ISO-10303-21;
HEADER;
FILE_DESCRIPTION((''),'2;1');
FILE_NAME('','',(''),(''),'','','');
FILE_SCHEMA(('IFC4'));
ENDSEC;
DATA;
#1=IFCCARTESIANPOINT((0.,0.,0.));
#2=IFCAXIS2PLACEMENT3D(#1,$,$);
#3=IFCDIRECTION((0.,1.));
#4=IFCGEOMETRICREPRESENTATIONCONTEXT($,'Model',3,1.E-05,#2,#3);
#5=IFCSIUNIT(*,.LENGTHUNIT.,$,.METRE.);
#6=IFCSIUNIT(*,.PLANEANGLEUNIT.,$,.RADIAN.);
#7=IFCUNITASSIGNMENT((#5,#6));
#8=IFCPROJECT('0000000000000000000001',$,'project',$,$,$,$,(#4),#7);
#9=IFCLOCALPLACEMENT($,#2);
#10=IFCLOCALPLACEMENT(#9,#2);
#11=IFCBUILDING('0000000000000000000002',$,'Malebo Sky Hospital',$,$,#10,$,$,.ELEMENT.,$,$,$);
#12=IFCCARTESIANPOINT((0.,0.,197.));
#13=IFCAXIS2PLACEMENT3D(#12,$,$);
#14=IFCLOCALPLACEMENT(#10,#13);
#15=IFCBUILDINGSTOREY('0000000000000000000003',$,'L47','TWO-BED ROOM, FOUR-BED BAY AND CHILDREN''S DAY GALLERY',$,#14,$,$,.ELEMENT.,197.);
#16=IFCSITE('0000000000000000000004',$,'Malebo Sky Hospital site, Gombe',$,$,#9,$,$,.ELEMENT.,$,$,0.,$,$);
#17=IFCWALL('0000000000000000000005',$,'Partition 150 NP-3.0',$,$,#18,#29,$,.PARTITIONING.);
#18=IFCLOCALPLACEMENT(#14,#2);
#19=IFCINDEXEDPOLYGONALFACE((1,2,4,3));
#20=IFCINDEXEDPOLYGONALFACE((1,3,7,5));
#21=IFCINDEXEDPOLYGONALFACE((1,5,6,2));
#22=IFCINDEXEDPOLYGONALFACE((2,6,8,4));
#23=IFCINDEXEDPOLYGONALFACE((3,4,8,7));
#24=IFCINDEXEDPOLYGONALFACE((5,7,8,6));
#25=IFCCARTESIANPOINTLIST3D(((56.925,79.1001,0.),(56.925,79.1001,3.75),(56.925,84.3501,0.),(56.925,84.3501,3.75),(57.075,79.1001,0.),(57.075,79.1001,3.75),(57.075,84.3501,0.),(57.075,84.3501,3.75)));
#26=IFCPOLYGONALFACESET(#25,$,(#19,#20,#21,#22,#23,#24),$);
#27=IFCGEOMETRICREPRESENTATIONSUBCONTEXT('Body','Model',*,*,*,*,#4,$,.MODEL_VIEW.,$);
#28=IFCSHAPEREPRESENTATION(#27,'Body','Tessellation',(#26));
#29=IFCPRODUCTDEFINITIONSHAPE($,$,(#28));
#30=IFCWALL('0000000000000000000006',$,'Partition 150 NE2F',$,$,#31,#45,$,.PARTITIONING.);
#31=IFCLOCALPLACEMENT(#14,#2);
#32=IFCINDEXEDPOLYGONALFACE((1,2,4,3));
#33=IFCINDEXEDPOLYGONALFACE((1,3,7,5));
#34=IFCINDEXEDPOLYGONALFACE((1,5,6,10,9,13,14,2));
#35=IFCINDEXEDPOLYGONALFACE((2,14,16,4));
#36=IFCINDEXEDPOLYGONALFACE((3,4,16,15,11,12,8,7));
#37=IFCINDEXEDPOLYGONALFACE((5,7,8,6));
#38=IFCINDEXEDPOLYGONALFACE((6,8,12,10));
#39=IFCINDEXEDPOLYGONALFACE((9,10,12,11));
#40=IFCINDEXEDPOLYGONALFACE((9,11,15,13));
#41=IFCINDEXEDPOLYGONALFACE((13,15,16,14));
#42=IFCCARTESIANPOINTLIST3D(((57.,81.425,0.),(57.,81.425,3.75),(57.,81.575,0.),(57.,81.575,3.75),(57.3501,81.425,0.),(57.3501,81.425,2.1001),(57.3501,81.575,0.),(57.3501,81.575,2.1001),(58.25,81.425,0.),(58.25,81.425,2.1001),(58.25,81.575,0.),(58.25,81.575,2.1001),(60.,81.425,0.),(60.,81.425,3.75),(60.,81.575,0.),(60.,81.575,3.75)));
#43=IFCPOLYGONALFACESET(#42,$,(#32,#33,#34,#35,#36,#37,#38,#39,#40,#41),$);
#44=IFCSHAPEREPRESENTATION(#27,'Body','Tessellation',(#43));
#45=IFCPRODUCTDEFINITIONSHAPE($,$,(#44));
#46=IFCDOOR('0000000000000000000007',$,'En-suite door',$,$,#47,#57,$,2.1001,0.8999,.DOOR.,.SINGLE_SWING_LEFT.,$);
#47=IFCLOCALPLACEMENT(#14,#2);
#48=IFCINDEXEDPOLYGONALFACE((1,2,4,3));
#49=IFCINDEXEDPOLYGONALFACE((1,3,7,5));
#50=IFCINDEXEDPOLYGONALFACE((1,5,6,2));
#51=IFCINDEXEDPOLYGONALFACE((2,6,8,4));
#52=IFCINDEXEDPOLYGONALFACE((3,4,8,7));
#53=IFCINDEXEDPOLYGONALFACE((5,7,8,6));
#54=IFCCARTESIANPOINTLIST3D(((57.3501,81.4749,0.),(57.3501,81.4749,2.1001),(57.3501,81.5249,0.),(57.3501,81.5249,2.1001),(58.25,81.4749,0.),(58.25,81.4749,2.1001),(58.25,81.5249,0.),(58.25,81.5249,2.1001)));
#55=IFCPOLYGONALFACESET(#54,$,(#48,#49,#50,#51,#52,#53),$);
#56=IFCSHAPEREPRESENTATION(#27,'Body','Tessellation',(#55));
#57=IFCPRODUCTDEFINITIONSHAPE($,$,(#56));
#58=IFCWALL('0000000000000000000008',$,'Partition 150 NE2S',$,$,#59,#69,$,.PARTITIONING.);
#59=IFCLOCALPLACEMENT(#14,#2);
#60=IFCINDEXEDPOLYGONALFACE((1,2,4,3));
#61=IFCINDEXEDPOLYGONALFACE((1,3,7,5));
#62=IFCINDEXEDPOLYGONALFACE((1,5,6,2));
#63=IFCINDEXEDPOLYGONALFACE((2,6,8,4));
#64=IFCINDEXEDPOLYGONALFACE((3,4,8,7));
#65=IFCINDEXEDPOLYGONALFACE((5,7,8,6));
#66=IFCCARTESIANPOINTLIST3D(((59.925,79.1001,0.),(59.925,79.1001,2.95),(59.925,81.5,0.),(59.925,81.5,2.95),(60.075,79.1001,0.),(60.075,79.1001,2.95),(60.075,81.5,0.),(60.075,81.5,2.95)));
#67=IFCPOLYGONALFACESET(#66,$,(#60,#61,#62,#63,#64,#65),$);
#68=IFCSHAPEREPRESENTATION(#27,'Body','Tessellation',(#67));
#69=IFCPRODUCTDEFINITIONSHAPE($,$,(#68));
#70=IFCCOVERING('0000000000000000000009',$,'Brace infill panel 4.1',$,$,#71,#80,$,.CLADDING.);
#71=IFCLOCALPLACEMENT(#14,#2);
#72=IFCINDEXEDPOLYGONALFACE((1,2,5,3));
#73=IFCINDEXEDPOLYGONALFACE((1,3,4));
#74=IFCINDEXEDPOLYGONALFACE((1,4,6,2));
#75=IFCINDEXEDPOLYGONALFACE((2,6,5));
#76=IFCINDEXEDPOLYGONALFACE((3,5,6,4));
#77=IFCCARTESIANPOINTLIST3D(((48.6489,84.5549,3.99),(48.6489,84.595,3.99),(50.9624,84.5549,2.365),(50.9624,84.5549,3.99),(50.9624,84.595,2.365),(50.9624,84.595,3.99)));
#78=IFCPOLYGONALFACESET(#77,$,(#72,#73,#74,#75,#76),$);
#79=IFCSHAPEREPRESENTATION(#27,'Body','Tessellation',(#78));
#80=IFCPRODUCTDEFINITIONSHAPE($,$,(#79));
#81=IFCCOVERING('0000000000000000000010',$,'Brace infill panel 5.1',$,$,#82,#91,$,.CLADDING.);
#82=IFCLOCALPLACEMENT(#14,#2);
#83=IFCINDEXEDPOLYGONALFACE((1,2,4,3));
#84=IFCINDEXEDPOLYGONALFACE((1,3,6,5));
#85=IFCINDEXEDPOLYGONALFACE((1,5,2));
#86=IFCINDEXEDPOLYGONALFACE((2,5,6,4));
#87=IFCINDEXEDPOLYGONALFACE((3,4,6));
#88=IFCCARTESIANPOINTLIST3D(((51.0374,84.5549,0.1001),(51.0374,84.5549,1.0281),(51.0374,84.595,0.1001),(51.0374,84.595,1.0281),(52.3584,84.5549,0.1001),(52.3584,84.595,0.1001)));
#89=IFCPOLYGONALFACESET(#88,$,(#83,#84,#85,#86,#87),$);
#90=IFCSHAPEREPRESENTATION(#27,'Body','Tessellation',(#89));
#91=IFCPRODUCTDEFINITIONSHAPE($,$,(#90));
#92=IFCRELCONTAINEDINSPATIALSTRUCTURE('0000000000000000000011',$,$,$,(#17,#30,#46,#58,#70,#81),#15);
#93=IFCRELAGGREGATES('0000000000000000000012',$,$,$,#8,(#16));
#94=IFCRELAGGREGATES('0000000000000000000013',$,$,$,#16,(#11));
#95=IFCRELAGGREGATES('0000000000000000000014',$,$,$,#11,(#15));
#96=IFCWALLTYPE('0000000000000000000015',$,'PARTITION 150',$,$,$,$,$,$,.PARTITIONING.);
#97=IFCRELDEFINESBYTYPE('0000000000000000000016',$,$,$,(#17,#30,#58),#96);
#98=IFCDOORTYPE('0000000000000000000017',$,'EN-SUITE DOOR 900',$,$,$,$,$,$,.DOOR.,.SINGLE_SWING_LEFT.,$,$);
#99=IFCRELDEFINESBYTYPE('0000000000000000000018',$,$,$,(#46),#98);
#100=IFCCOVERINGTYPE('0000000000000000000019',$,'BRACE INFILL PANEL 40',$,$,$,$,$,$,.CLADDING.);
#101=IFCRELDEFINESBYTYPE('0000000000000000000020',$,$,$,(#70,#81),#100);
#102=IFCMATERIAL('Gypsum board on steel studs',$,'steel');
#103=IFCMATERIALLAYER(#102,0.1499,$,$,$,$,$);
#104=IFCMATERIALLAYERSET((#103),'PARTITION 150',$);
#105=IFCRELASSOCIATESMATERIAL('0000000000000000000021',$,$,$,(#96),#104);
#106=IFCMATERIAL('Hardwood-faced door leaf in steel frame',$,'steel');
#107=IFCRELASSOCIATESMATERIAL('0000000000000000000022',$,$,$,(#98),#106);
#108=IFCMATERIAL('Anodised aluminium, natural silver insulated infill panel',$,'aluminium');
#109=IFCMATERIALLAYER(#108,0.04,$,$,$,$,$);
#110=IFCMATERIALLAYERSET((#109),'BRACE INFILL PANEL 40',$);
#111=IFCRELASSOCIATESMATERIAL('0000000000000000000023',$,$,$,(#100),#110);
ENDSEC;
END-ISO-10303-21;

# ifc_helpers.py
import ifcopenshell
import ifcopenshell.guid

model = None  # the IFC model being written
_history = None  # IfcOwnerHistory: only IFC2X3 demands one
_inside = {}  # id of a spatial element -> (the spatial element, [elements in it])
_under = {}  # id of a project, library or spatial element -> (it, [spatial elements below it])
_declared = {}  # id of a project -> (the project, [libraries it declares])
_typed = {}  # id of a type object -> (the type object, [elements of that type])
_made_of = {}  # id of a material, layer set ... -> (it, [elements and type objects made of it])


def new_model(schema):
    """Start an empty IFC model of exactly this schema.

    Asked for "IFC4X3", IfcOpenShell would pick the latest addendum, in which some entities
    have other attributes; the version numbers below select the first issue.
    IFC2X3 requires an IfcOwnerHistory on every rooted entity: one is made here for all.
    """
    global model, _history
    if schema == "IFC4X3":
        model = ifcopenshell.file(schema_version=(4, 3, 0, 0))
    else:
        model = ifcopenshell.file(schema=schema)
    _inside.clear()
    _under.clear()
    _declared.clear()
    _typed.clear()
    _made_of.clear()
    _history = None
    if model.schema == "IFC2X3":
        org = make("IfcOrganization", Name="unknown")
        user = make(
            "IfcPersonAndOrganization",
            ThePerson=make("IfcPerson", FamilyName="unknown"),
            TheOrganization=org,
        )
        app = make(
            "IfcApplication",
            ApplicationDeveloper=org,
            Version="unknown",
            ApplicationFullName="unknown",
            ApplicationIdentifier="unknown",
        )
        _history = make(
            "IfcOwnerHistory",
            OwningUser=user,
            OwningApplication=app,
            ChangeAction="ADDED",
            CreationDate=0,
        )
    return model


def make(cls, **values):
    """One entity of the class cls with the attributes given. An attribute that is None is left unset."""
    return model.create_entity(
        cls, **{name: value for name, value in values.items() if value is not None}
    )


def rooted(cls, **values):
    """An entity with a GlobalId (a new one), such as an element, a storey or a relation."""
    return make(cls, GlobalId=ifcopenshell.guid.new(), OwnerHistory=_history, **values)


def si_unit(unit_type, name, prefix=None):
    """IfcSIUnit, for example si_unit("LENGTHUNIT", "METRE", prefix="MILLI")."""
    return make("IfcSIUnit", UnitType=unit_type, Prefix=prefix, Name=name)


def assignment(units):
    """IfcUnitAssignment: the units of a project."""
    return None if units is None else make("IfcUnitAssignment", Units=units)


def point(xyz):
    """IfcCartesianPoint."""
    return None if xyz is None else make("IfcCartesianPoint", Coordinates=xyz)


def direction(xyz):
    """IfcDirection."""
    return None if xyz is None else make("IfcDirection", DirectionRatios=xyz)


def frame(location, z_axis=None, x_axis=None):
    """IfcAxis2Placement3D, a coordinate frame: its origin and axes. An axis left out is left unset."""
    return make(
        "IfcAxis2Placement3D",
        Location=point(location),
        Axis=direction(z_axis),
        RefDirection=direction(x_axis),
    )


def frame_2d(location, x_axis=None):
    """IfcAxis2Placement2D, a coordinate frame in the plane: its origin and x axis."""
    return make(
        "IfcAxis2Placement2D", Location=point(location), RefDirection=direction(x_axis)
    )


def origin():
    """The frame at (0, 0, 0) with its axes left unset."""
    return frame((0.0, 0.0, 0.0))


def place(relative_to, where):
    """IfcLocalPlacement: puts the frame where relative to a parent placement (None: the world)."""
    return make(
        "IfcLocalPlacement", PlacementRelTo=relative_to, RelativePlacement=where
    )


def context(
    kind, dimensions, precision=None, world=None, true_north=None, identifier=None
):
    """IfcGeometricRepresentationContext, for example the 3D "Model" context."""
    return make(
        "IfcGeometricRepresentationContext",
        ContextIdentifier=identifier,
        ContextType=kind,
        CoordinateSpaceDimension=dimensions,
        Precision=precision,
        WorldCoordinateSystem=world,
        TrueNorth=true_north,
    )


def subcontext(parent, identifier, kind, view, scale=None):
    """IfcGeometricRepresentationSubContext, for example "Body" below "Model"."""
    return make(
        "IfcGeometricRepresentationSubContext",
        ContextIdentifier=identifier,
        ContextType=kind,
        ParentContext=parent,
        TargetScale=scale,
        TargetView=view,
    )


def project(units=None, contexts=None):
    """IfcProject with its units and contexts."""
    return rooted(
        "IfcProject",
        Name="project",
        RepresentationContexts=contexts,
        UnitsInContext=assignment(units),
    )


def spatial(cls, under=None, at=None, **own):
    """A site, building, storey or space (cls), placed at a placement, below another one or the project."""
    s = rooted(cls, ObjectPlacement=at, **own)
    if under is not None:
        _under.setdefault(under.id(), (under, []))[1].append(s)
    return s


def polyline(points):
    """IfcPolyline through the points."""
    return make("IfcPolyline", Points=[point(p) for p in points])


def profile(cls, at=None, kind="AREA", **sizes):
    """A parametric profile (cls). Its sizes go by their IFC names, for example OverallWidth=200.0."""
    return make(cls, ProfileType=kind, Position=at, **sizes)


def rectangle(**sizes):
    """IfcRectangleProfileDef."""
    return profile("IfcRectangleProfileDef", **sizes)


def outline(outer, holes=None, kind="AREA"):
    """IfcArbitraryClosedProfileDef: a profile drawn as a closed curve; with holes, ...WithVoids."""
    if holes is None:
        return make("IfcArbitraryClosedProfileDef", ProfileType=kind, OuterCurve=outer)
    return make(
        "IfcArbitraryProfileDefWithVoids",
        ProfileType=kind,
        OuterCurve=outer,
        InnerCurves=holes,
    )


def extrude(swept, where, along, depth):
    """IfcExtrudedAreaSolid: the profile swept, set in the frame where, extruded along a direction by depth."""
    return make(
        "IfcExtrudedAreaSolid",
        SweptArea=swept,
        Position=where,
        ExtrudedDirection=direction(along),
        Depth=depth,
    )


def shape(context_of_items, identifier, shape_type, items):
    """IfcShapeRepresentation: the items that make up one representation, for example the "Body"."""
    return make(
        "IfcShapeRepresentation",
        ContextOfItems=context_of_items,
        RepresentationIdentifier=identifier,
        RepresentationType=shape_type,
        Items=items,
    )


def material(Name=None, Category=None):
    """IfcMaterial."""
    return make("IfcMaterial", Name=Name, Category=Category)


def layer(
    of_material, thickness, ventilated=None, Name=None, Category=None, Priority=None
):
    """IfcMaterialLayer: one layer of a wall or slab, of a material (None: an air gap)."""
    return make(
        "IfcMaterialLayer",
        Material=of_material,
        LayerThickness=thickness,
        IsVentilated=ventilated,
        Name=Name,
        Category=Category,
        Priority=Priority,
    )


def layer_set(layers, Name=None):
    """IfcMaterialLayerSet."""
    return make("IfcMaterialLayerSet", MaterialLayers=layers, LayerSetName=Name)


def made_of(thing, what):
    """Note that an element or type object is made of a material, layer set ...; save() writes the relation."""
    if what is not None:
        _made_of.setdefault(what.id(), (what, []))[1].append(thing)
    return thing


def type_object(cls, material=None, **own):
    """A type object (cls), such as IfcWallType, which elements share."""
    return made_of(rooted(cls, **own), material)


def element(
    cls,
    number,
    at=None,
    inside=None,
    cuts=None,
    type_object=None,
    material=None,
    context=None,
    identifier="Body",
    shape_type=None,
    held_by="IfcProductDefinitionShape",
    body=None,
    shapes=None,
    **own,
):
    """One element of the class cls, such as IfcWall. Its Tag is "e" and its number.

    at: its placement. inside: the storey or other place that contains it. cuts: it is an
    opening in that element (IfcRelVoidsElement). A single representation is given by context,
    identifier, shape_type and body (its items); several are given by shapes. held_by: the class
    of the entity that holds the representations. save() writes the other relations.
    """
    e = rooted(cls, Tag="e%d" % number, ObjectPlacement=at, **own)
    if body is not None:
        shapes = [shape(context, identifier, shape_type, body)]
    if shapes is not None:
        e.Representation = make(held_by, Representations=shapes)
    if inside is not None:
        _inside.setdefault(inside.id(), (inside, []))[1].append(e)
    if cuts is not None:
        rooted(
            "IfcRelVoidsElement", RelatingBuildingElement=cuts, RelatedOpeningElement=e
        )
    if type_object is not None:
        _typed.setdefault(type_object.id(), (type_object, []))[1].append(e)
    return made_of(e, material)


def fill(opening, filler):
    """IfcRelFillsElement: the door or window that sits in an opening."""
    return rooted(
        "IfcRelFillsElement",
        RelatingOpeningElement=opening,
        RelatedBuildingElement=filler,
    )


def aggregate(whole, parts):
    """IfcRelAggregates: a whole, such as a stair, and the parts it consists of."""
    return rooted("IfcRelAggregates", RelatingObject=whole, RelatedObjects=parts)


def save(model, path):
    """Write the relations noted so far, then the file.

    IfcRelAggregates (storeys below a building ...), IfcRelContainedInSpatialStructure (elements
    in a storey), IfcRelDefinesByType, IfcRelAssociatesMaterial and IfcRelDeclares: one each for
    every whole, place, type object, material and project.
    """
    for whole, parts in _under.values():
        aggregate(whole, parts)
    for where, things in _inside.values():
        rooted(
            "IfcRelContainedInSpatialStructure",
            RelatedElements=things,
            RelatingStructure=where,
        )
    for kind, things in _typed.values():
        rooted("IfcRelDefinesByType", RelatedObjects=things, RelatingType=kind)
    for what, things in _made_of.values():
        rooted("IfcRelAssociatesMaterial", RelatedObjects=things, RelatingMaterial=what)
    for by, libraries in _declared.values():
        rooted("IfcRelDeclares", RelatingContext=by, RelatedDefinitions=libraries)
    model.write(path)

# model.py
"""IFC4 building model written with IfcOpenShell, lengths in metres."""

from ifc_helpers import new_model, si_unit, direction, frame, frame_2d, origin, place, context, subcontext, project, spatial, polyline, rectangle, outline, extrude, material, layer, layer_set, type_object, element, fill, save


model = new_model("IFC4")

# Units and contexts
model_context = context("Model", 3, precision=1e-05, world=origin(), true_north=direction((0.0, 1.0)))
body_context = subcontext(model_context, "Body", "Model", "MODEL_VIEW")
ifc_project = project(units=[si_unit("LENGTHUNIT", "METRE"), si_unit("PLANEANGLEUNIT", "RADIAN")], contexts=[model_context])

# Site, building, storey
site_placement = place(None, origin())
site = spatial("IfcSite", under=ifc_project, at=site_placement, Name="Malebo Sky Hospital site, Gombe", CompositionType="ELEMENT", RefElevation=0.0)
building_placement = place(site_placement, origin())
building = spatial("IfcBuilding", under=site, at=building_placement, Name="Malebo Sky Hospital", CompositionType="ELEMENT")
storey_placement = place(building_placement, frame((0.0, 0.0, 197.0)))
storey = spatial("IfcBuildingStorey", under=building, at=storey_placement, Name="L47", Description="TWO-BED ROOM, FOUR-BED BAY AND CHILDREN'S DAY GALLERY", CompositionType="ELEMENT", Elevation=197.0)

# Wall
ifc_material_1 = material(Name="Gypsum board on steel studs", Category="steel")
ifc_layer_1 = layer(ifc_material_1, 0.1499)
ifc_layer_set_1 = layer_set([ifc_layer_1], Name="PARTITION 150")
wall_type = type_object("IfcWallType", Name="PARTITION 150", PredefinedType="PARTITIONING", material=ifc_layer_set_1)
for number, where, z_axis, x_axis, name in (
    (1, (57.0, 79.1001, 0.0), (0.0, 0.0, 1.0), (0.0, 1.0, 0.0), "Partition 150 NP-3.0"),
):
    element("IfcWall", number, at=place(storey_placement, frame(where, z_axis=z_axis, x_axis=x_axis)), inside=storey, type_object=wall_type, Name=name, PredefinedType="PARTITIONING", context=body_context, shape_type="SweptSolid", body=[
        extrude(rectangle(XDim=5.25, YDim=0.1499, at=frame_2d((2.625, 0.0))), origin(), (0.0, 0.0, 1.0), 3.75),
    ])

# Wall, opening, door
wall_1_placement = place(storey_placement, frame((57.0, 81.5, 0.0), z_axis=(0.0, 0.0, 1.0), x_axis=(1.0, 0.0, 0.0)))
wall_1 = element("IfcWall", 2, at=wall_1_placement, inside=storey, type_object=wall_type, Name="Partition 150 NE2F", PredefinedType="PARTITIONING", context=body_context, shape_type="SweptSolid", body=[
    extrude(rectangle(XDim=3.0, YDim=0.1499, at=frame_2d((1.5, 0.0))), origin(), (0.0, 0.0, 1.0), 3.75),
])
opening_placement = place(wall_1_placement, frame((0.3501, 0.0, 0.0)))
opening = element("IfcOpeningElement", 3, at=opening_placement, cuts=wall_1, PredefinedType="OPENING", context=body_context, shape_type="SweptSolid", body=[
    extrude(rectangle(XDim=0.8999, YDim=2.1001, at=frame_2d((0.45, 1.05))), frame((0.0, 0.085, 0.0), z_axis=(0.0, -1.0, 0.0), x_axis=(1.0, 0.0, 0.0)), (0.0, 0.0, 1.0), 0.1699),
])
ifc_material_2 = material(Name="Hardwood-faced door leaf in steel frame", Category="steel")
door_type = type_object("IfcDoorType", Name="EN-SUITE DOOR 900", OperationType="SINGLE_SWING_LEFT", PredefinedType="DOOR", material=ifc_material_2)
door_placement = place(opening_placement, origin())
door = element("IfcDoor", 4, at=door_placement, inside=storey, type_object=door_type, Name="En-suite door", OperationType="SINGLE_SWING_LEFT", OverallHeight=2.1001, OverallWidth=0.8999, PredefinedType="DOOR", context=body_context, shape_type="SweptSolid", body=[
    extrude(rectangle(XDim=0.8999, YDim=2.1001, at=frame_2d((0.45, 1.05))), frame((0.0, 0.0249, 0.0), z_axis=(0.0, -1.0, 0.0), x_axis=(1.0, 0.0, 0.0)), (0.0, 0.0, 1.0), 0.05),
])
fill(opening, door)

# Wall
wall_2_placement = place(storey_placement, frame((60.0, 79.1001, 0.0), z_axis=(0.0, 0.0, 1.0), x_axis=(0.0, 1.0, 0.0)))
element("IfcWall", 5, at=wall_2_placement, inside=storey, type_object=wall_type, Name="Partition 150 NE2S", PredefinedType="PARTITIONING", context=body_context, shape_type="SweptSolid", body=[
    extrude(rectangle(XDim=2.3999, YDim=0.1499, at=frame_2d((1.2, 0.0))), origin(), (0.0, 0.0, 1.0), 2.95),
])

# Coverings
ifc_material_3 = material(Name="Anodised aluminium, natural silver insulated infill panel", Category="aluminium")
ifc_layer_2 = layer(ifc_material_3, 0.04)
ifc_layer_set_2 = layer_set([ifc_layer_2], Name="BRACE INFILL PANEL 40")
covering_type = type_object("IfcCoveringType", Name="BRACE INFILL PANEL 40", PredefinedType="CLADDING", material=ifc_layer_set_2)
covering_1_placement = place(storey_placement, frame((49.8057, 84.575, 2.365), z_axis=(0.0, 0.0, 1.0), x_axis=(1.0, 0.0, 0.0)))
element("IfcCovering", 6, at=covering_1_placement, inside=storey, type_object=covering_type, Name="Brace infill panel 4.1", PredefinedType="CLADDING", context=body_context, shape_type="SweptSolid", body=[
    extrude(outline(polyline([(1.1567, 0.0), (1.1567, 1.625), (-1.1567, 1.625), (1.1567, 0.0)])), frame((0.0, 0.02, 0.0), z_axis=(0.0, -1.0, 0.0), x_axis=(1.0, 0.0, 0.0)), (0.0, 0.0, 1.0), 0.04),
])
covering_2_placement = place(storey_placement, frame((51.698, 84.575, 0.1001), z_axis=(0.0, 0.0, 1.0), x_axis=(1.0, 0.0, 0.0)))
element("IfcCovering", 7, at=covering_2_placement, inside=storey, type_object=covering_type, Name="Brace infill panel 5.1", PredefinedType="CLADDING", context=body_context, shape_type="SweptSolid", body=[
    extrude(outline(polyline([(-0.6606, 0.0), (0.6604, 0.0), (-0.6606, 0.928), (-0.6606, 0.0)])), frame((0.0, 0.02, 0.0), z_axis=(0.0, -1.0, 0.0), x_axis=(1.0, 0.0, 0.0)), (0.0, 0.0, 1.0), 0.04),
])

save(model, "model.ifc")
